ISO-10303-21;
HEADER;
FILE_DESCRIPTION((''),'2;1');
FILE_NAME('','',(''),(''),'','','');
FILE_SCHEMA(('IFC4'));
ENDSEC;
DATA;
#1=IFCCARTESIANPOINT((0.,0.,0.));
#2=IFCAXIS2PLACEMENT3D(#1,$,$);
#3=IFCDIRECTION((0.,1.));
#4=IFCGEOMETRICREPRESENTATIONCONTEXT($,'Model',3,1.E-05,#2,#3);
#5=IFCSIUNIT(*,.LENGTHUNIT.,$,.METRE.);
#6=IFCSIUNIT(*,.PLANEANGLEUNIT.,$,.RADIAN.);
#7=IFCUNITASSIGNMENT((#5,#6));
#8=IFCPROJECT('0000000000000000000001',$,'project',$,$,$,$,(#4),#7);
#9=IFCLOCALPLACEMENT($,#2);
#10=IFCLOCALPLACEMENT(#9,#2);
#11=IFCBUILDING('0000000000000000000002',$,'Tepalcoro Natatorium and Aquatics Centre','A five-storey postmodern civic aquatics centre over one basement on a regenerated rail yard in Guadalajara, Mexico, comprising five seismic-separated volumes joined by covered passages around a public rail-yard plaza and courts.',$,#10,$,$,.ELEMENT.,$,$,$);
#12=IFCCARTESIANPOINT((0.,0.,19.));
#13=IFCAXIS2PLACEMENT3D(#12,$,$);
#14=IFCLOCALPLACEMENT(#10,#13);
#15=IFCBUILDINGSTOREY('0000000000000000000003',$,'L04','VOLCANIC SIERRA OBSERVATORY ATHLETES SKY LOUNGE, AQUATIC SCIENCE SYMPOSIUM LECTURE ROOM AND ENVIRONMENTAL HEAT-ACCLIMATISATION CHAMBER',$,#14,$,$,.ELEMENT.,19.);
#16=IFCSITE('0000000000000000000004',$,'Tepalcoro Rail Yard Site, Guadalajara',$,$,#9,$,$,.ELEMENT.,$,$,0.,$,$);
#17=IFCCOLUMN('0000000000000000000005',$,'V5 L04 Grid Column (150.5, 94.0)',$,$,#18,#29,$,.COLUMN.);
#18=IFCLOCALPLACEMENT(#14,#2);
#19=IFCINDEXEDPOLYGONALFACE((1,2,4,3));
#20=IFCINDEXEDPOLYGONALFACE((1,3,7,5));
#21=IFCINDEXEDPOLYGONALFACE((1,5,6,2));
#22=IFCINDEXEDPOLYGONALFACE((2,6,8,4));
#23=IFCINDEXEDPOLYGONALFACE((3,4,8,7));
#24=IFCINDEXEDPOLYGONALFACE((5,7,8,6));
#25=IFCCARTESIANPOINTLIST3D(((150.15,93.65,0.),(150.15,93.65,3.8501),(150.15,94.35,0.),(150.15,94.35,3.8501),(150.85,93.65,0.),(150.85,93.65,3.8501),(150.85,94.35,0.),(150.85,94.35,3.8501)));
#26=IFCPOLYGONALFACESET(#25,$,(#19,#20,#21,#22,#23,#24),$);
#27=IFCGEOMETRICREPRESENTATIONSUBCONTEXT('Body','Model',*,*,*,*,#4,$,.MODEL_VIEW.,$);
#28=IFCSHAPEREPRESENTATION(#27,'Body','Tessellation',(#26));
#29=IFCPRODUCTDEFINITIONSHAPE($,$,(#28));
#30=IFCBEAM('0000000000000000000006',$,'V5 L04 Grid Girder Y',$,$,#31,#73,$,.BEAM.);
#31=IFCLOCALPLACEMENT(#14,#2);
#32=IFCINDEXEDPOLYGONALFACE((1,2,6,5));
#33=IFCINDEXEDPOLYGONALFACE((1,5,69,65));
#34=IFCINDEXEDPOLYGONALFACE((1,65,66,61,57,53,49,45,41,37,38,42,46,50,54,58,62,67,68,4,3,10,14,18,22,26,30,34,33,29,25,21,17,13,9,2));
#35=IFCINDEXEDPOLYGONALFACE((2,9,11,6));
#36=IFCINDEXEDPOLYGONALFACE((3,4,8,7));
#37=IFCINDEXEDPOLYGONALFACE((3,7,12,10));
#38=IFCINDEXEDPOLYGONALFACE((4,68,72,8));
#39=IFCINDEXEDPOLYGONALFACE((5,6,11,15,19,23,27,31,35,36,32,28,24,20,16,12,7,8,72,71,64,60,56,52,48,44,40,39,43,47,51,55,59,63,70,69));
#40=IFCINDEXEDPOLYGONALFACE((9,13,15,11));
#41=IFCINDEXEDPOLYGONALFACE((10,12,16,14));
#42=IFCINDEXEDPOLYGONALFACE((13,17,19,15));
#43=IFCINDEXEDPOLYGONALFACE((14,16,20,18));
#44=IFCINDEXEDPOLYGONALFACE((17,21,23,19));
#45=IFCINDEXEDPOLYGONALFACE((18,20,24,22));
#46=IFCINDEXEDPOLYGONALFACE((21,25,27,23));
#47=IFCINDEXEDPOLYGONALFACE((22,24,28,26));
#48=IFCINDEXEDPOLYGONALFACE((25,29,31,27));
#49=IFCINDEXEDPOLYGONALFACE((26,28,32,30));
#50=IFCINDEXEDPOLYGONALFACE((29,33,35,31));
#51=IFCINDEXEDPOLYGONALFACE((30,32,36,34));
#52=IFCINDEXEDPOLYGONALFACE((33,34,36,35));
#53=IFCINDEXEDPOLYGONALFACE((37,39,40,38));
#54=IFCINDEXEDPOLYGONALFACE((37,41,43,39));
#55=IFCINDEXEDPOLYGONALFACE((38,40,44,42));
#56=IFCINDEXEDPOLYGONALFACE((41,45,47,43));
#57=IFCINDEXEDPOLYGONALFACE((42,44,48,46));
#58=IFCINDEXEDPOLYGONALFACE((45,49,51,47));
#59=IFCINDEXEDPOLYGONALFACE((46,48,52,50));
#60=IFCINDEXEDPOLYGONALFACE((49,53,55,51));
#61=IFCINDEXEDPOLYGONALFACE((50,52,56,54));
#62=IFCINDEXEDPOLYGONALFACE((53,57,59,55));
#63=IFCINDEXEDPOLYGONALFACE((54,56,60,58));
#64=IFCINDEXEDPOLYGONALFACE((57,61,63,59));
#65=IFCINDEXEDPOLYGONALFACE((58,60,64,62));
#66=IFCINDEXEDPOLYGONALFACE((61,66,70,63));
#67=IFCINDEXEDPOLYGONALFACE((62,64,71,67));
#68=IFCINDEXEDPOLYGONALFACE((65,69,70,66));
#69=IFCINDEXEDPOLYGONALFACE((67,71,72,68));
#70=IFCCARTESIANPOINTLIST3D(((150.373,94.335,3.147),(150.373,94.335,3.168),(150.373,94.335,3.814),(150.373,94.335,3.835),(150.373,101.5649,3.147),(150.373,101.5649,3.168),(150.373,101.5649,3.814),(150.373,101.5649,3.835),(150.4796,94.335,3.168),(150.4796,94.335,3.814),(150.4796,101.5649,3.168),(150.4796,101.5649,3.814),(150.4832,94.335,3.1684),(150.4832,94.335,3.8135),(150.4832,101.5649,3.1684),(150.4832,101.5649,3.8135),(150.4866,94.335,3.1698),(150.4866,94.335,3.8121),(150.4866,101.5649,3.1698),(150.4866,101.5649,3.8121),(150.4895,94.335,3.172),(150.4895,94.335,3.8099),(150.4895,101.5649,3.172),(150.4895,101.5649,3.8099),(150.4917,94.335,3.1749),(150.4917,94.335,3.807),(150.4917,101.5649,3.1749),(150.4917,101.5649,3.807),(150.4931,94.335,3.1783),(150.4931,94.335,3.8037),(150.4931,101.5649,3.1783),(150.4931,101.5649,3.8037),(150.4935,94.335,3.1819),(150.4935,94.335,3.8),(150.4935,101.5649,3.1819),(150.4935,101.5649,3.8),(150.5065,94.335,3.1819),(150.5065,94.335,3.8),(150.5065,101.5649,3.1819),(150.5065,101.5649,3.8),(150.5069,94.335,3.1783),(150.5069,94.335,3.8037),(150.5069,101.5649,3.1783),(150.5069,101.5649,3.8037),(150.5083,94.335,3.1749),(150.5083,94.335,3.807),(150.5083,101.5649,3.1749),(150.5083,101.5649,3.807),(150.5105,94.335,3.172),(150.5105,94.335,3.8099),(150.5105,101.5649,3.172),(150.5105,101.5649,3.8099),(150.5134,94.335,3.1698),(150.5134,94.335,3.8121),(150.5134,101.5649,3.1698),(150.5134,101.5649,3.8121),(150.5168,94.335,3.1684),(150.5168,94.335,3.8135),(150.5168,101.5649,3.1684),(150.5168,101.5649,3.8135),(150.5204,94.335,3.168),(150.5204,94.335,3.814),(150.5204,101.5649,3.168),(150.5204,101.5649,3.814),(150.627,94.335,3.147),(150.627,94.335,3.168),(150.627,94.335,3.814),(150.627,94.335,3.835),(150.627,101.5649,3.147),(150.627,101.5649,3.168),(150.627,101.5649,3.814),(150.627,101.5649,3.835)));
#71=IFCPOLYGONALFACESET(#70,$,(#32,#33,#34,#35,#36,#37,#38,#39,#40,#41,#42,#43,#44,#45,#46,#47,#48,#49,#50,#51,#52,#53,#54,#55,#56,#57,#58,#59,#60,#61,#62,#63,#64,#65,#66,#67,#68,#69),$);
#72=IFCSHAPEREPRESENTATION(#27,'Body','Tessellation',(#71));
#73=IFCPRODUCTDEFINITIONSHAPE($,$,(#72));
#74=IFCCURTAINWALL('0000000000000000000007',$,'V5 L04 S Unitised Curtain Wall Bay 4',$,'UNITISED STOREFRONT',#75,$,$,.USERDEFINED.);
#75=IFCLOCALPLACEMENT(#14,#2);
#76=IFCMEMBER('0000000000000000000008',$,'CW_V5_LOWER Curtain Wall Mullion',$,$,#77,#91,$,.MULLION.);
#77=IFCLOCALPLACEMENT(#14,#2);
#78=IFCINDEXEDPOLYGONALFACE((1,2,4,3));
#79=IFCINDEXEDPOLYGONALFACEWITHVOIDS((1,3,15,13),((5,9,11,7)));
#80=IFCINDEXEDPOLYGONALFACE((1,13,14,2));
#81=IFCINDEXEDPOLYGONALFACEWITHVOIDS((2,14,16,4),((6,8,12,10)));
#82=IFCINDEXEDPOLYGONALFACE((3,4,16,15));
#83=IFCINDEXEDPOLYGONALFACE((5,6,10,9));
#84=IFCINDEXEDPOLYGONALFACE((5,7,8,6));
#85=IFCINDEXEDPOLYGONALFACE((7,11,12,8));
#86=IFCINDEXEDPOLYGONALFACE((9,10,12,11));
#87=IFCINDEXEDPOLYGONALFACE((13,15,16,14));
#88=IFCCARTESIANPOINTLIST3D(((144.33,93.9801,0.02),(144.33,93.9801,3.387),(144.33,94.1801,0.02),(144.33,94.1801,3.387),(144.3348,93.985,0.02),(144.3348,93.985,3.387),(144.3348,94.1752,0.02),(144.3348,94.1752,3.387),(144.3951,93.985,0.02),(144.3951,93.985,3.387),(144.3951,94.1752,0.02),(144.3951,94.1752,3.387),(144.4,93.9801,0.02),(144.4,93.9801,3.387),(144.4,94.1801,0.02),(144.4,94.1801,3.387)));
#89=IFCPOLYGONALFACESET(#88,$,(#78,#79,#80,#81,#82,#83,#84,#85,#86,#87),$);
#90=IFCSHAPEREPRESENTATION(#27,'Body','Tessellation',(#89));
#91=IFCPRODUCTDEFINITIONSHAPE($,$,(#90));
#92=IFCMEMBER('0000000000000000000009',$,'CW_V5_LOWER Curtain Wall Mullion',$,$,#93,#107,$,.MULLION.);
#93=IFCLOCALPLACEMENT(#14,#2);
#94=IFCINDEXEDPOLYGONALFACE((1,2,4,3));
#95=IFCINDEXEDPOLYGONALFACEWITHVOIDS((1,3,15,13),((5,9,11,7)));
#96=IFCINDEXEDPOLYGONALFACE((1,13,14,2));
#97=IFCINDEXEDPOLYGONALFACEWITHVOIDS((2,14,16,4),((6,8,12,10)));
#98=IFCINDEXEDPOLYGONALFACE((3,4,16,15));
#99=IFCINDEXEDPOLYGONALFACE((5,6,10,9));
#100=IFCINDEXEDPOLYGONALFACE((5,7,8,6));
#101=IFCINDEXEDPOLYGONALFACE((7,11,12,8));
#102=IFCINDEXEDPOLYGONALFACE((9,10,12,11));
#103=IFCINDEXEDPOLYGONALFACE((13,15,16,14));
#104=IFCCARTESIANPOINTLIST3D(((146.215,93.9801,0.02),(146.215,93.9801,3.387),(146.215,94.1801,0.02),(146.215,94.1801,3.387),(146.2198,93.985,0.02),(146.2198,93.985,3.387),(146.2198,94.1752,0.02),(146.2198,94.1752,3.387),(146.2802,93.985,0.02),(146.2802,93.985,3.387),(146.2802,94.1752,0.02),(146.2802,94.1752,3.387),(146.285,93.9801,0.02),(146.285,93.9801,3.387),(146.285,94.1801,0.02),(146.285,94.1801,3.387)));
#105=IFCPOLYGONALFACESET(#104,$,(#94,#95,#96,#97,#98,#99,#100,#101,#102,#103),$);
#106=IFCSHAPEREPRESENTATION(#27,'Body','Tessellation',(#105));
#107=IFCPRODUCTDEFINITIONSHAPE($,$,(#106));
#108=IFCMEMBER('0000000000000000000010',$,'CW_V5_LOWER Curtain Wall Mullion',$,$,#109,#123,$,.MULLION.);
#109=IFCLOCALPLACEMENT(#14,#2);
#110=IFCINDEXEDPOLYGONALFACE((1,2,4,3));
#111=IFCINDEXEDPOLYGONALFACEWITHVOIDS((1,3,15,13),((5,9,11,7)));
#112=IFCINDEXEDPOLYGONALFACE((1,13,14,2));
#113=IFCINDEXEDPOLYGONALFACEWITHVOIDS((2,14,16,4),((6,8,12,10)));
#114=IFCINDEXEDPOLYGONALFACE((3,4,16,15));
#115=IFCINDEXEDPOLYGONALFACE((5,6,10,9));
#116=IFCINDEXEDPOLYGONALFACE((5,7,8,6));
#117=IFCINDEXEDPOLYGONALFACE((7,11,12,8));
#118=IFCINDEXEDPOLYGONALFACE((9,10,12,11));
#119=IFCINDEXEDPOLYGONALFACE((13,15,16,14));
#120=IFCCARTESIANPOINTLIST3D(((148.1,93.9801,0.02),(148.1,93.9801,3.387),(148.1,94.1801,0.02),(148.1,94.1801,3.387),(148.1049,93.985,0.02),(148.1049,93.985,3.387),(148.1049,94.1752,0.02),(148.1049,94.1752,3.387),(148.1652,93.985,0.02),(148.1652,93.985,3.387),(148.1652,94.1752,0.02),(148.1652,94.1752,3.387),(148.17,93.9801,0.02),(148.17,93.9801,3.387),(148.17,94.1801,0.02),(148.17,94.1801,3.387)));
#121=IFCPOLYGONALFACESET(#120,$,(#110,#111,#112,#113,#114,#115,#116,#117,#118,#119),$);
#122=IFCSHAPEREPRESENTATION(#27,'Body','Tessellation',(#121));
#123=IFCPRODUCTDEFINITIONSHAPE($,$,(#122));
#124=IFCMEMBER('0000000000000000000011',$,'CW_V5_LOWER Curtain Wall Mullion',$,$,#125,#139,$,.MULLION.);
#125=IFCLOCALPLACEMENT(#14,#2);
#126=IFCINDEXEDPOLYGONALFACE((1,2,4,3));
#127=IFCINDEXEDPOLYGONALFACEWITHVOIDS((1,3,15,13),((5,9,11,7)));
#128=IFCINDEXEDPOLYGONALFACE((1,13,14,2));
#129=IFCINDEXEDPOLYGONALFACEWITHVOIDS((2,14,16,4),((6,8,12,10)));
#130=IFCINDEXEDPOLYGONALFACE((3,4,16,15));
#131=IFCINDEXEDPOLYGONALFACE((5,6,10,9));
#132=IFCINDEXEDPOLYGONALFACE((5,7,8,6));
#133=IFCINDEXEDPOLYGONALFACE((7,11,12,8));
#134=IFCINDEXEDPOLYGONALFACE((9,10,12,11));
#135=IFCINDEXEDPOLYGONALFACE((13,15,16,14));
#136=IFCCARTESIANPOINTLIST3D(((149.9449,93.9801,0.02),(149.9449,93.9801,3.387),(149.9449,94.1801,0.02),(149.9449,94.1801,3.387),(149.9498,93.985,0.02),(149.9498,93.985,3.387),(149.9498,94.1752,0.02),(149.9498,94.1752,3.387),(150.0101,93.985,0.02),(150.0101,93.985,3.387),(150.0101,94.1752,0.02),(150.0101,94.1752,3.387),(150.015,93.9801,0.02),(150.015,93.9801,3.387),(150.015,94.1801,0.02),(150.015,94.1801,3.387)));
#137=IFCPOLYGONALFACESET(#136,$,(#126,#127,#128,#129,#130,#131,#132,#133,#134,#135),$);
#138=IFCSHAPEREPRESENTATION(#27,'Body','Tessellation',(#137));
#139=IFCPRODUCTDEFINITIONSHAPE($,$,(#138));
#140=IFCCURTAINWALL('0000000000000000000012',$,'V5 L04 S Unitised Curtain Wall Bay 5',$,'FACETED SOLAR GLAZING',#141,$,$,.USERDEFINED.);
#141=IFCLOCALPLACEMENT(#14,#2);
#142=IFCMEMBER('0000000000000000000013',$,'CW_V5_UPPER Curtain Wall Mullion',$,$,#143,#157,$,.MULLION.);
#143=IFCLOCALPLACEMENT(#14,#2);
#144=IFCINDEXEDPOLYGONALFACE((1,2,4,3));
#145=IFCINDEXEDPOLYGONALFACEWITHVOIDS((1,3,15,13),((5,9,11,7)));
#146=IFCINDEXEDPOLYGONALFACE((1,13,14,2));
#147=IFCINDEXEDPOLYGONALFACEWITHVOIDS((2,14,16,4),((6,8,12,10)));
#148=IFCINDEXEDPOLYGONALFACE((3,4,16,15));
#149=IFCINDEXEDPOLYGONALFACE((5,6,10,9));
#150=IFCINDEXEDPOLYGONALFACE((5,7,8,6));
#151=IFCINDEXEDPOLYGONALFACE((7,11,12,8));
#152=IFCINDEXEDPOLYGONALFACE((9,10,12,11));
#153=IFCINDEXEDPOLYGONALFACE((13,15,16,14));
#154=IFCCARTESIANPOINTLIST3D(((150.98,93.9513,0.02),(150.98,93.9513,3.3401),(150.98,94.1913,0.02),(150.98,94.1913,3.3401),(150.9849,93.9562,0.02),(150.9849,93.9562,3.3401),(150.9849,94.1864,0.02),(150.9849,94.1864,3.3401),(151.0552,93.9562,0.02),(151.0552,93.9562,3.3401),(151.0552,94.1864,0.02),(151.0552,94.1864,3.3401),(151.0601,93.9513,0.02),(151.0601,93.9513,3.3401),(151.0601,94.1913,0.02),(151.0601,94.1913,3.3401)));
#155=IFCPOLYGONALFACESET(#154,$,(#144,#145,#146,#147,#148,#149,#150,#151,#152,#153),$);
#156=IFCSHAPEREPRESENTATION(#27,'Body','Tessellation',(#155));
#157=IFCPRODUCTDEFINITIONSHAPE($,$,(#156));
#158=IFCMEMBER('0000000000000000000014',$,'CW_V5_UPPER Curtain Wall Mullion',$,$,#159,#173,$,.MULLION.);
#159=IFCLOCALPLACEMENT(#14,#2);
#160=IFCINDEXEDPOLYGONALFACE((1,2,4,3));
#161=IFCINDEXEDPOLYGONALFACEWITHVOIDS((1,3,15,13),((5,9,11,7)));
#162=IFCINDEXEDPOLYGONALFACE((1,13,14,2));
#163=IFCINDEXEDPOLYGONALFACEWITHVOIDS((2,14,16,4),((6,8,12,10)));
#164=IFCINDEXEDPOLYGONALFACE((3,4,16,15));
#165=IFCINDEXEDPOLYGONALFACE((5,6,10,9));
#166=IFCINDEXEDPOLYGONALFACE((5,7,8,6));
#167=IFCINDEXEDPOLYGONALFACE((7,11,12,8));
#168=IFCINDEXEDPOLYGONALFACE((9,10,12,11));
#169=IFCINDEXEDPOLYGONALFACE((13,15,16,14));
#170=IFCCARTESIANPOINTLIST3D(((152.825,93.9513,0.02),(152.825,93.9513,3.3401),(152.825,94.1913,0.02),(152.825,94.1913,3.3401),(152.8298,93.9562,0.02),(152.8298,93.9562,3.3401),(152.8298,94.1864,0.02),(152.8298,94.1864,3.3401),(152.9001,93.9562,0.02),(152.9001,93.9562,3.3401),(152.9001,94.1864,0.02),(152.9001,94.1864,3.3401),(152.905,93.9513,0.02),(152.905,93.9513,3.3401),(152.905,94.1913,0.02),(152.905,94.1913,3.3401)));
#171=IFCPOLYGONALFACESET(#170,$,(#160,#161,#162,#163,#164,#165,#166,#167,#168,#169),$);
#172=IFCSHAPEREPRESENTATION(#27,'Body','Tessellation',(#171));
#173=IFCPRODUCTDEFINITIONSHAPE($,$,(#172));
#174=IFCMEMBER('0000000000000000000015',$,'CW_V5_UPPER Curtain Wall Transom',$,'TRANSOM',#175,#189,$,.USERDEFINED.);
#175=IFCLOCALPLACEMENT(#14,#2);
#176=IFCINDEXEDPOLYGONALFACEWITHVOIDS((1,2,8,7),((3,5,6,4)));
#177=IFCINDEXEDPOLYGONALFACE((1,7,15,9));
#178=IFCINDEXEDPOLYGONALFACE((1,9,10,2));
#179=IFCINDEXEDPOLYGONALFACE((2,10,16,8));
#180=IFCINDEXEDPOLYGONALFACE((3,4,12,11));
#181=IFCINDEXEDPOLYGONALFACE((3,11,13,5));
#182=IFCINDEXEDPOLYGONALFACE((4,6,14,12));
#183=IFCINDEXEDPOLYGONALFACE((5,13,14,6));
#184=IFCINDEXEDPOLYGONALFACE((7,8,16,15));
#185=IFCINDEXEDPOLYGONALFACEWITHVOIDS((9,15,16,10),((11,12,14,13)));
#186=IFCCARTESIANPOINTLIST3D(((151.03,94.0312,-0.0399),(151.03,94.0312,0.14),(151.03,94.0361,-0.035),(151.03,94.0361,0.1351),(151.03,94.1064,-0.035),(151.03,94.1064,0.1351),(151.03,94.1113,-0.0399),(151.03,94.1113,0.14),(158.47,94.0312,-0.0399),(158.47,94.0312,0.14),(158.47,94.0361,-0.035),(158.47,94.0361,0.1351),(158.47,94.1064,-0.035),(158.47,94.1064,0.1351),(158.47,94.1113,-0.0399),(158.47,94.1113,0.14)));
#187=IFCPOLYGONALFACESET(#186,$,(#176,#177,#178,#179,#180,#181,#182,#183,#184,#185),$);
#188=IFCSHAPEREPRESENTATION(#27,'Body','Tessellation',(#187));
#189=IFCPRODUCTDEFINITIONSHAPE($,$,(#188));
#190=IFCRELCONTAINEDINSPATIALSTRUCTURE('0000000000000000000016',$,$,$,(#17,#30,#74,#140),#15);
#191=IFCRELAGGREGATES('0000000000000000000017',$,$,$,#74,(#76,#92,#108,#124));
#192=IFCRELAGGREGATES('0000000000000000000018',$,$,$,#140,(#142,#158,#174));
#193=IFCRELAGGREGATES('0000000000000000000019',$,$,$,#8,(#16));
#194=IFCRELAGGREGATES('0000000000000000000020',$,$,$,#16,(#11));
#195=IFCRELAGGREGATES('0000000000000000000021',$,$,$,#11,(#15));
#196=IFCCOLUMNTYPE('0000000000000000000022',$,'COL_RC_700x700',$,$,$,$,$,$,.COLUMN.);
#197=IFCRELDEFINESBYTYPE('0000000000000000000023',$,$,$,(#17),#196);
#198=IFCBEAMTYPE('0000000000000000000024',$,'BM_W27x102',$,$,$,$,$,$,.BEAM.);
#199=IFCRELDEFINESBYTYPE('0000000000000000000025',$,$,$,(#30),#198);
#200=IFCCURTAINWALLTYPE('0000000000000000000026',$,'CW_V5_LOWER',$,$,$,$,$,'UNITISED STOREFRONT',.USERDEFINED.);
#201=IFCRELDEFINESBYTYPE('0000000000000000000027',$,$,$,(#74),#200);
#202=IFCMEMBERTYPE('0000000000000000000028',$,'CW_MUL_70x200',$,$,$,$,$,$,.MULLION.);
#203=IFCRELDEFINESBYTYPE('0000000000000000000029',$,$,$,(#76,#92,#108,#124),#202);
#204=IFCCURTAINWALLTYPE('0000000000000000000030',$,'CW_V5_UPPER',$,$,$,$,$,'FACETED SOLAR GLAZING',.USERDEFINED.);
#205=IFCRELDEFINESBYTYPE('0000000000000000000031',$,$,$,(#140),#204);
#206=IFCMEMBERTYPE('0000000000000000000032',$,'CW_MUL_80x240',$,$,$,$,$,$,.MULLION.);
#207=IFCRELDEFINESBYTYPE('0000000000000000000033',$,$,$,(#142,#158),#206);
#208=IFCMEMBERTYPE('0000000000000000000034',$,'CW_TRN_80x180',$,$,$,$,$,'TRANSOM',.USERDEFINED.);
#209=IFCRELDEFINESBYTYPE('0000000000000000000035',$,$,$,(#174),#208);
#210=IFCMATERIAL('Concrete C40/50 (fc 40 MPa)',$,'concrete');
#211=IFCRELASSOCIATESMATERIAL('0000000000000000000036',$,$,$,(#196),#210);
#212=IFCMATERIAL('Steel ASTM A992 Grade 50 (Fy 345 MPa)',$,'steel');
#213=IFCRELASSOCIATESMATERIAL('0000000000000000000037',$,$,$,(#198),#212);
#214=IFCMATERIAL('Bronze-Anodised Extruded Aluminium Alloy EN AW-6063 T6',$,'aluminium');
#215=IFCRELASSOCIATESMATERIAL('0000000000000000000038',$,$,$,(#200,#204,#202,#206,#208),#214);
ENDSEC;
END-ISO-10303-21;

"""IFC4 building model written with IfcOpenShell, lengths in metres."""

from ifc_helpers import new_model, si_unit, direction, frame, origin, origin_2d, place, context, subcontext, project, spatial, rectangle, hollow_rectangle, i_section, extrude, material, material_profile, profile_set, type_object, element, aggregate, save


model = new_model("IFC4")

# Units and contexts
model_context = context("Model", 3, precision=1e-05, world=origin(), true_north=direction((0.0, 1.0)))
body_context = subcontext(model_context, "Body", "Model", "MODEL_VIEW")
ifc_project = project(units=[si_unit("LENGTHUNIT", "METRE"), si_unit("PLANEANGLEUNIT", "RADIAN")], contexts=[model_context])

# Site, building, storey
site_placement = place(None, origin())
site = spatial("IfcSite", under=ifc_project, at=site_placement, Name="Tepalcoro Rail Yard Site, Guadalajara", CompositionType="ELEMENT", RefElevation=0.0)
building_placement = place(site_placement, origin())
building = spatial("IfcBuilding", under=site, at=building_placement, Name="Tepalcoro Natatorium and Aquatics Centre", Description="A five-storey postmodern civic aquatics centre over one basement on a regenerated rail yard in Guadalajara, Mexico, comprising five seismic-separated volumes joined by covered passages around a public rail-yard plaza and courts.", CompositionType="ELEMENT")
storey_placement = place(building_placement, frame((0.0, 0.0, 19.0)))
storey = spatial("IfcBuildingStorey", under=building, at=storey_placement, Name="L04", Description="VOLCANIC SIERRA OBSERVATORY ATHLETES SKY LOUNGE, AQUATIC SCIENCE SYMPOSIUM LECTURE ROOM AND ENVIRONMENTAL HEAT-ACCLIMATISATION CHAMBER", CompositionType="ELEMENT", Elevation=19.0)

# Column
ifc_material_1 = material(Name="Concrete C40/50 (fc 40 MPa)", Category="concrete")
ifc_material_profile_1 = material_profile(ifc_material_1, rectangle(XDim=0.7, YDim=0.7, at=origin_2d()), Name="RC700x700")
ifc_profile_set_1 = profile_set([ifc_material_profile_1], Name="Concrete C40/50 (fc 40 MPa)")
column_type = type_object("IfcColumnType", Name="COL_RC_700x700", PredefinedType="COLUMN", material=ifc_profile_set_1)
column_placement = place(storey_placement, frame((150.5, 94.0, 0.0), z_axis=(0.0, 0.0, 1.0), x_axis=(1.0, 0.0, 0.0)))
element("IfcColumn", 1, at=column_placement, inside=storey, type_object=column_type, Name="V5 L04 Grid Column (150.5, 94.0)", PredefinedType="COLUMN", context=body_context, shape_type="SweptSolid", body=[
    extrude(rectangle(XDim=0.7, YDim=0.7, at=origin_2d()), origin(), (0.0, 0.0, 1.0), 3.8501),
])

# Beam
ifc_material_2 = material(Name="Steel ASTM A992 Grade 50 (Fy 345 MPa)", Category="steel")
ifc_material_profile_2 = material_profile(ifc_material_2, i_section(OverallWidth=0.2539, OverallDepth=0.688, WebThickness=0.0129, FlangeThickness=0.021, FilletRadius=0.0139, at=origin_2d()), Name="W27X102")
ifc_profile_set_2 = profile_set([ifc_material_profile_2], Name="Steel ASTM A992 Grade 50 (Fy 345 MPa)")
beam_type_1 = type_object("IfcBeamType", Name="BM_W27x102", PredefinedType="BEAM", material=ifc_profile_set_2)
beam_1_placement = place(storey_placement, frame((150.5, 94.335, 3.491), z_axis=(0.0, 1.0, 0.0), x_axis=(-1.0, 0.0, 0.0)))
element("IfcBeam", 2, at=beam_1_placement, inside=storey, type_object=beam_type_1, Name="V5 L04 Grid Girder Y", PredefinedType="BEAM", context=body_context, shape_type="SweptSolid", body=[
    extrude(i_section(OverallWidth=0.2539, OverallDepth=0.688, WebThickness=0.0129, FlangeThickness=0.021, FilletRadius=0.0139, at=origin_2d()), origin(), (0.0, 0.0, 1.0), 7.23),
])

# Curtain walls, members
ifc_material_3 = material(Name="Bronze-Anodised Extruded Aluminium Alloy EN AW-6063 T6", Category="aluminium")
curtain_wall_type_1 = type_object("IfcCurtainWallType", Name="CW_V5_LOWER", ElementType="UNITISED STOREFRONT", PredefinedType="USERDEFINED", material=ifc_material_3)
curtain_wall_1_placement = place(storey_placement, origin())
curtain_wall_1 = element("IfcCurtainWall", 3, at=curtain_wall_1_placement, inside=storey, type_object=curtain_wall_type_1, Name="V5 L04 S Unitised Curtain Wall Bay 4", ObjectType="UNITISED STOREFRONT", PredefinedType="USERDEFINED")
ifc_material_profile_3 = material_profile(ifc_material_3, hollow_rectangle(XDim=0.0701, YDim=0.2, WallThickness=0.0049, at=origin_2d()), Name="AL70X200X5")
ifc_profile_set_3 = profile_set([ifc_material_profile_3], Name="Bronze-Anodised Extruded Aluminium Alloy EN AW-6063 T6")
member_type_1 = type_object("IfcMemberType", Name="CW_MUL_70x200", PredefinedType="MULLION", material=ifc_profile_set_3)
member_1_placement = place(storey_placement, frame((144.365, 94.0801, 0.02), z_axis=(0.0, 0.0, 1.0), x_axis=(1.0, 0.0, 0.0)))
member_1 = element("IfcMember", 4, at=member_1_placement, type_object=member_type_1, Name="CW_V5_LOWER Curtain Wall Mullion", PredefinedType="MULLION", context=body_context, shape_type="SweptSolid", body=[
    extrude(hollow_rectangle(XDim=0.0701, YDim=0.2, WallThickness=0.0049, at=origin_2d()), origin(), (0.0, 0.0, 1.0), 3.3669),
])
member_2_placement = place(storey_placement, frame((146.25, 94.0801, 0.02), z_axis=(0.0, 0.0, 1.0), x_axis=(1.0, 0.0, 0.0)))
member_2 = element("IfcMember", 5, at=member_2_placement, type_object=member_type_1, Name="CW_V5_LOWER Curtain Wall Mullion", PredefinedType="MULLION", context=body_context, shape_type="SweptSolid", body=[
    extrude(hollow_rectangle(XDim=0.0701, YDim=0.2, WallThickness=0.0049, at=origin_2d()), origin(), (0.0, 0.0, 1.0), 3.3669),
])
member_3_placement = place(storey_placement, frame((148.135, 94.0801, 0.02), z_axis=(0.0, 0.0, 1.0), x_axis=(1.0, 0.0, 0.0)))
member_3 = element("IfcMember", 6, at=member_3_placement, type_object=member_type_1, Name="CW_V5_LOWER Curtain Wall Mullion", PredefinedType="MULLION", context=body_context, shape_type="SweptSolid", body=[
    extrude(hollow_rectangle(XDim=0.0701, YDim=0.2, WallThickness=0.0049, at=origin_2d()), origin(), (0.0, 0.0, 1.0), 3.3669),
])
member_4_placement = place(storey_placement, frame((149.98, 94.0801, 0.02), z_axis=(0.0, 0.0, 1.0), x_axis=(1.0, 0.0, 0.0)))
member_4 = element("IfcMember", 7, at=member_4_placement, type_object=member_type_1, Name="CW_V5_LOWER Curtain Wall Mullion", PredefinedType="MULLION", context=body_context, shape_type="SweptSolid", body=[
    extrude(hollow_rectangle(XDim=0.0701, YDim=0.2, WallThickness=0.0049, at=origin_2d()), origin(), (0.0, 0.0, 1.0), 3.3669),
])
curtain_wall_type_2 = type_object("IfcCurtainWallType", Name="CW_V5_UPPER", ElementType="FACETED SOLAR GLAZING", PredefinedType="USERDEFINED", material=ifc_material_3)
curtain_wall_2_placement = place(storey_placement, origin())
curtain_wall_2 = element("IfcCurtainWall", 8, at=curtain_wall_2_placement, inside=storey, type_object=curtain_wall_type_2, Name="V5 L04 S Unitised Curtain Wall Bay 5", ObjectType="FACETED SOLAR GLAZING", PredefinedType="USERDEFINED")
ifc_material_profile_4 = material_profile(ifc_material_3, hollow_rectangle(XDim=0.0801, YDim=0.24, WallThickness=0.0049, at=origin_2d()), Name="AL80X240X5")
ifc_profile_set_4 = profile_set([ifc_material_profile_4], Name="Bronze-Anodised Extruded Aluminium Alloy EN AW-6063 T6")
member_type_2 = type_object("IfcMemberType", Name="CW_MUL_80x240", PredefinedType="MULLION", material=ifc_profile_set_4)
member_5_placement = place(storey_placement, frame((151.02, 94.0713, 0.02), z_axis=(0.0, 0.0, 1.0), x_axis=(1.0, 0.0, 0.0)))
member_5 = element("IfcMember", 9, at=member_5_placement, type_object=member_type_2, Name="CW_V5_UPPER Curtain Wall Mullion", PredefinedType="MULLION", context=body_context, shape_type="SweptSolid", body=[
    extrude(hollow_rectangle(XDim=0.0801, YDim=0.24, WallThickness=0.0049, at=origin_2d()), origin(), (0.0, 0.0, 1.0), 3.3201),
])
member_6_placement = place(storey_placement, frame((152.865, 94.0713, 0.02), z_axis=(0.0, 0.0, 1.0), x_axis=(1.0, 0.0, 0.0)))
member_6 = element("IfcMember", 10, at=member_6_placement, type_object=member_type_2, Name="CW_V5_UPPER Curtain Wall Mullion", PredefinedType="MULLION", context=body_context, shape_type="SweptSolid", body=[
    extrude(hollow_rectangle(XDim=0.0801, YDim=0.24, WallThickness=0.0049, at=origin_2d()), origin(), (0.0, 0.0, 1.0), 3.3201),
])
ifc_material_profile_5 = material_profile(ifc_material_3, hollow_rectangle(XDim=0.0801, YDim=0.1799, WallThickness=0.0049, at=origin_2d()), Name="AL80X180X5")
ifc_profile_set_5 = profile_set([ifc_material_profile_5], Name="Bronze-Anodised Extruded Aluminium Alloy EN AW-6063 T6")
member_type_3 = type_object("IfcMemberType", Name="CW_TRN_80x180", ElementType="TRANSOM", PredefinedType="USERDEFINED", material=ifc_profile_set_5)
member_7_placement = place(storey_placement, frame((151.03, 94.0713, 0.05), z_axis=(1.0, 0.0, 0.0), x_axis=(0.0, 1.0, 0.0)))
member_7 = element("IfcMember", 11, at=member_7_placement, type_object=member_type_3, Name="CW_V5_UPPER Curtain Wall Transom", ObjectType="TRANSOM", PredefinedType="USERDEFINED", context=body_context, shape_type="SweptSolid", body=[
    extrude(hollow_rectangle(XDim=0.0801, YDim=0.1799, WallThickness=0.0049, at=origin_2d()), origin(), (0.0, 0.0, 1.0), 7.4399),
])

aggregate(curtain_wall_1, [member_1, member_2, member_3, member_4])
aggregate(curtain_wall_2, [member_5, member_6, member_7])

save(model, "model.ifc")
